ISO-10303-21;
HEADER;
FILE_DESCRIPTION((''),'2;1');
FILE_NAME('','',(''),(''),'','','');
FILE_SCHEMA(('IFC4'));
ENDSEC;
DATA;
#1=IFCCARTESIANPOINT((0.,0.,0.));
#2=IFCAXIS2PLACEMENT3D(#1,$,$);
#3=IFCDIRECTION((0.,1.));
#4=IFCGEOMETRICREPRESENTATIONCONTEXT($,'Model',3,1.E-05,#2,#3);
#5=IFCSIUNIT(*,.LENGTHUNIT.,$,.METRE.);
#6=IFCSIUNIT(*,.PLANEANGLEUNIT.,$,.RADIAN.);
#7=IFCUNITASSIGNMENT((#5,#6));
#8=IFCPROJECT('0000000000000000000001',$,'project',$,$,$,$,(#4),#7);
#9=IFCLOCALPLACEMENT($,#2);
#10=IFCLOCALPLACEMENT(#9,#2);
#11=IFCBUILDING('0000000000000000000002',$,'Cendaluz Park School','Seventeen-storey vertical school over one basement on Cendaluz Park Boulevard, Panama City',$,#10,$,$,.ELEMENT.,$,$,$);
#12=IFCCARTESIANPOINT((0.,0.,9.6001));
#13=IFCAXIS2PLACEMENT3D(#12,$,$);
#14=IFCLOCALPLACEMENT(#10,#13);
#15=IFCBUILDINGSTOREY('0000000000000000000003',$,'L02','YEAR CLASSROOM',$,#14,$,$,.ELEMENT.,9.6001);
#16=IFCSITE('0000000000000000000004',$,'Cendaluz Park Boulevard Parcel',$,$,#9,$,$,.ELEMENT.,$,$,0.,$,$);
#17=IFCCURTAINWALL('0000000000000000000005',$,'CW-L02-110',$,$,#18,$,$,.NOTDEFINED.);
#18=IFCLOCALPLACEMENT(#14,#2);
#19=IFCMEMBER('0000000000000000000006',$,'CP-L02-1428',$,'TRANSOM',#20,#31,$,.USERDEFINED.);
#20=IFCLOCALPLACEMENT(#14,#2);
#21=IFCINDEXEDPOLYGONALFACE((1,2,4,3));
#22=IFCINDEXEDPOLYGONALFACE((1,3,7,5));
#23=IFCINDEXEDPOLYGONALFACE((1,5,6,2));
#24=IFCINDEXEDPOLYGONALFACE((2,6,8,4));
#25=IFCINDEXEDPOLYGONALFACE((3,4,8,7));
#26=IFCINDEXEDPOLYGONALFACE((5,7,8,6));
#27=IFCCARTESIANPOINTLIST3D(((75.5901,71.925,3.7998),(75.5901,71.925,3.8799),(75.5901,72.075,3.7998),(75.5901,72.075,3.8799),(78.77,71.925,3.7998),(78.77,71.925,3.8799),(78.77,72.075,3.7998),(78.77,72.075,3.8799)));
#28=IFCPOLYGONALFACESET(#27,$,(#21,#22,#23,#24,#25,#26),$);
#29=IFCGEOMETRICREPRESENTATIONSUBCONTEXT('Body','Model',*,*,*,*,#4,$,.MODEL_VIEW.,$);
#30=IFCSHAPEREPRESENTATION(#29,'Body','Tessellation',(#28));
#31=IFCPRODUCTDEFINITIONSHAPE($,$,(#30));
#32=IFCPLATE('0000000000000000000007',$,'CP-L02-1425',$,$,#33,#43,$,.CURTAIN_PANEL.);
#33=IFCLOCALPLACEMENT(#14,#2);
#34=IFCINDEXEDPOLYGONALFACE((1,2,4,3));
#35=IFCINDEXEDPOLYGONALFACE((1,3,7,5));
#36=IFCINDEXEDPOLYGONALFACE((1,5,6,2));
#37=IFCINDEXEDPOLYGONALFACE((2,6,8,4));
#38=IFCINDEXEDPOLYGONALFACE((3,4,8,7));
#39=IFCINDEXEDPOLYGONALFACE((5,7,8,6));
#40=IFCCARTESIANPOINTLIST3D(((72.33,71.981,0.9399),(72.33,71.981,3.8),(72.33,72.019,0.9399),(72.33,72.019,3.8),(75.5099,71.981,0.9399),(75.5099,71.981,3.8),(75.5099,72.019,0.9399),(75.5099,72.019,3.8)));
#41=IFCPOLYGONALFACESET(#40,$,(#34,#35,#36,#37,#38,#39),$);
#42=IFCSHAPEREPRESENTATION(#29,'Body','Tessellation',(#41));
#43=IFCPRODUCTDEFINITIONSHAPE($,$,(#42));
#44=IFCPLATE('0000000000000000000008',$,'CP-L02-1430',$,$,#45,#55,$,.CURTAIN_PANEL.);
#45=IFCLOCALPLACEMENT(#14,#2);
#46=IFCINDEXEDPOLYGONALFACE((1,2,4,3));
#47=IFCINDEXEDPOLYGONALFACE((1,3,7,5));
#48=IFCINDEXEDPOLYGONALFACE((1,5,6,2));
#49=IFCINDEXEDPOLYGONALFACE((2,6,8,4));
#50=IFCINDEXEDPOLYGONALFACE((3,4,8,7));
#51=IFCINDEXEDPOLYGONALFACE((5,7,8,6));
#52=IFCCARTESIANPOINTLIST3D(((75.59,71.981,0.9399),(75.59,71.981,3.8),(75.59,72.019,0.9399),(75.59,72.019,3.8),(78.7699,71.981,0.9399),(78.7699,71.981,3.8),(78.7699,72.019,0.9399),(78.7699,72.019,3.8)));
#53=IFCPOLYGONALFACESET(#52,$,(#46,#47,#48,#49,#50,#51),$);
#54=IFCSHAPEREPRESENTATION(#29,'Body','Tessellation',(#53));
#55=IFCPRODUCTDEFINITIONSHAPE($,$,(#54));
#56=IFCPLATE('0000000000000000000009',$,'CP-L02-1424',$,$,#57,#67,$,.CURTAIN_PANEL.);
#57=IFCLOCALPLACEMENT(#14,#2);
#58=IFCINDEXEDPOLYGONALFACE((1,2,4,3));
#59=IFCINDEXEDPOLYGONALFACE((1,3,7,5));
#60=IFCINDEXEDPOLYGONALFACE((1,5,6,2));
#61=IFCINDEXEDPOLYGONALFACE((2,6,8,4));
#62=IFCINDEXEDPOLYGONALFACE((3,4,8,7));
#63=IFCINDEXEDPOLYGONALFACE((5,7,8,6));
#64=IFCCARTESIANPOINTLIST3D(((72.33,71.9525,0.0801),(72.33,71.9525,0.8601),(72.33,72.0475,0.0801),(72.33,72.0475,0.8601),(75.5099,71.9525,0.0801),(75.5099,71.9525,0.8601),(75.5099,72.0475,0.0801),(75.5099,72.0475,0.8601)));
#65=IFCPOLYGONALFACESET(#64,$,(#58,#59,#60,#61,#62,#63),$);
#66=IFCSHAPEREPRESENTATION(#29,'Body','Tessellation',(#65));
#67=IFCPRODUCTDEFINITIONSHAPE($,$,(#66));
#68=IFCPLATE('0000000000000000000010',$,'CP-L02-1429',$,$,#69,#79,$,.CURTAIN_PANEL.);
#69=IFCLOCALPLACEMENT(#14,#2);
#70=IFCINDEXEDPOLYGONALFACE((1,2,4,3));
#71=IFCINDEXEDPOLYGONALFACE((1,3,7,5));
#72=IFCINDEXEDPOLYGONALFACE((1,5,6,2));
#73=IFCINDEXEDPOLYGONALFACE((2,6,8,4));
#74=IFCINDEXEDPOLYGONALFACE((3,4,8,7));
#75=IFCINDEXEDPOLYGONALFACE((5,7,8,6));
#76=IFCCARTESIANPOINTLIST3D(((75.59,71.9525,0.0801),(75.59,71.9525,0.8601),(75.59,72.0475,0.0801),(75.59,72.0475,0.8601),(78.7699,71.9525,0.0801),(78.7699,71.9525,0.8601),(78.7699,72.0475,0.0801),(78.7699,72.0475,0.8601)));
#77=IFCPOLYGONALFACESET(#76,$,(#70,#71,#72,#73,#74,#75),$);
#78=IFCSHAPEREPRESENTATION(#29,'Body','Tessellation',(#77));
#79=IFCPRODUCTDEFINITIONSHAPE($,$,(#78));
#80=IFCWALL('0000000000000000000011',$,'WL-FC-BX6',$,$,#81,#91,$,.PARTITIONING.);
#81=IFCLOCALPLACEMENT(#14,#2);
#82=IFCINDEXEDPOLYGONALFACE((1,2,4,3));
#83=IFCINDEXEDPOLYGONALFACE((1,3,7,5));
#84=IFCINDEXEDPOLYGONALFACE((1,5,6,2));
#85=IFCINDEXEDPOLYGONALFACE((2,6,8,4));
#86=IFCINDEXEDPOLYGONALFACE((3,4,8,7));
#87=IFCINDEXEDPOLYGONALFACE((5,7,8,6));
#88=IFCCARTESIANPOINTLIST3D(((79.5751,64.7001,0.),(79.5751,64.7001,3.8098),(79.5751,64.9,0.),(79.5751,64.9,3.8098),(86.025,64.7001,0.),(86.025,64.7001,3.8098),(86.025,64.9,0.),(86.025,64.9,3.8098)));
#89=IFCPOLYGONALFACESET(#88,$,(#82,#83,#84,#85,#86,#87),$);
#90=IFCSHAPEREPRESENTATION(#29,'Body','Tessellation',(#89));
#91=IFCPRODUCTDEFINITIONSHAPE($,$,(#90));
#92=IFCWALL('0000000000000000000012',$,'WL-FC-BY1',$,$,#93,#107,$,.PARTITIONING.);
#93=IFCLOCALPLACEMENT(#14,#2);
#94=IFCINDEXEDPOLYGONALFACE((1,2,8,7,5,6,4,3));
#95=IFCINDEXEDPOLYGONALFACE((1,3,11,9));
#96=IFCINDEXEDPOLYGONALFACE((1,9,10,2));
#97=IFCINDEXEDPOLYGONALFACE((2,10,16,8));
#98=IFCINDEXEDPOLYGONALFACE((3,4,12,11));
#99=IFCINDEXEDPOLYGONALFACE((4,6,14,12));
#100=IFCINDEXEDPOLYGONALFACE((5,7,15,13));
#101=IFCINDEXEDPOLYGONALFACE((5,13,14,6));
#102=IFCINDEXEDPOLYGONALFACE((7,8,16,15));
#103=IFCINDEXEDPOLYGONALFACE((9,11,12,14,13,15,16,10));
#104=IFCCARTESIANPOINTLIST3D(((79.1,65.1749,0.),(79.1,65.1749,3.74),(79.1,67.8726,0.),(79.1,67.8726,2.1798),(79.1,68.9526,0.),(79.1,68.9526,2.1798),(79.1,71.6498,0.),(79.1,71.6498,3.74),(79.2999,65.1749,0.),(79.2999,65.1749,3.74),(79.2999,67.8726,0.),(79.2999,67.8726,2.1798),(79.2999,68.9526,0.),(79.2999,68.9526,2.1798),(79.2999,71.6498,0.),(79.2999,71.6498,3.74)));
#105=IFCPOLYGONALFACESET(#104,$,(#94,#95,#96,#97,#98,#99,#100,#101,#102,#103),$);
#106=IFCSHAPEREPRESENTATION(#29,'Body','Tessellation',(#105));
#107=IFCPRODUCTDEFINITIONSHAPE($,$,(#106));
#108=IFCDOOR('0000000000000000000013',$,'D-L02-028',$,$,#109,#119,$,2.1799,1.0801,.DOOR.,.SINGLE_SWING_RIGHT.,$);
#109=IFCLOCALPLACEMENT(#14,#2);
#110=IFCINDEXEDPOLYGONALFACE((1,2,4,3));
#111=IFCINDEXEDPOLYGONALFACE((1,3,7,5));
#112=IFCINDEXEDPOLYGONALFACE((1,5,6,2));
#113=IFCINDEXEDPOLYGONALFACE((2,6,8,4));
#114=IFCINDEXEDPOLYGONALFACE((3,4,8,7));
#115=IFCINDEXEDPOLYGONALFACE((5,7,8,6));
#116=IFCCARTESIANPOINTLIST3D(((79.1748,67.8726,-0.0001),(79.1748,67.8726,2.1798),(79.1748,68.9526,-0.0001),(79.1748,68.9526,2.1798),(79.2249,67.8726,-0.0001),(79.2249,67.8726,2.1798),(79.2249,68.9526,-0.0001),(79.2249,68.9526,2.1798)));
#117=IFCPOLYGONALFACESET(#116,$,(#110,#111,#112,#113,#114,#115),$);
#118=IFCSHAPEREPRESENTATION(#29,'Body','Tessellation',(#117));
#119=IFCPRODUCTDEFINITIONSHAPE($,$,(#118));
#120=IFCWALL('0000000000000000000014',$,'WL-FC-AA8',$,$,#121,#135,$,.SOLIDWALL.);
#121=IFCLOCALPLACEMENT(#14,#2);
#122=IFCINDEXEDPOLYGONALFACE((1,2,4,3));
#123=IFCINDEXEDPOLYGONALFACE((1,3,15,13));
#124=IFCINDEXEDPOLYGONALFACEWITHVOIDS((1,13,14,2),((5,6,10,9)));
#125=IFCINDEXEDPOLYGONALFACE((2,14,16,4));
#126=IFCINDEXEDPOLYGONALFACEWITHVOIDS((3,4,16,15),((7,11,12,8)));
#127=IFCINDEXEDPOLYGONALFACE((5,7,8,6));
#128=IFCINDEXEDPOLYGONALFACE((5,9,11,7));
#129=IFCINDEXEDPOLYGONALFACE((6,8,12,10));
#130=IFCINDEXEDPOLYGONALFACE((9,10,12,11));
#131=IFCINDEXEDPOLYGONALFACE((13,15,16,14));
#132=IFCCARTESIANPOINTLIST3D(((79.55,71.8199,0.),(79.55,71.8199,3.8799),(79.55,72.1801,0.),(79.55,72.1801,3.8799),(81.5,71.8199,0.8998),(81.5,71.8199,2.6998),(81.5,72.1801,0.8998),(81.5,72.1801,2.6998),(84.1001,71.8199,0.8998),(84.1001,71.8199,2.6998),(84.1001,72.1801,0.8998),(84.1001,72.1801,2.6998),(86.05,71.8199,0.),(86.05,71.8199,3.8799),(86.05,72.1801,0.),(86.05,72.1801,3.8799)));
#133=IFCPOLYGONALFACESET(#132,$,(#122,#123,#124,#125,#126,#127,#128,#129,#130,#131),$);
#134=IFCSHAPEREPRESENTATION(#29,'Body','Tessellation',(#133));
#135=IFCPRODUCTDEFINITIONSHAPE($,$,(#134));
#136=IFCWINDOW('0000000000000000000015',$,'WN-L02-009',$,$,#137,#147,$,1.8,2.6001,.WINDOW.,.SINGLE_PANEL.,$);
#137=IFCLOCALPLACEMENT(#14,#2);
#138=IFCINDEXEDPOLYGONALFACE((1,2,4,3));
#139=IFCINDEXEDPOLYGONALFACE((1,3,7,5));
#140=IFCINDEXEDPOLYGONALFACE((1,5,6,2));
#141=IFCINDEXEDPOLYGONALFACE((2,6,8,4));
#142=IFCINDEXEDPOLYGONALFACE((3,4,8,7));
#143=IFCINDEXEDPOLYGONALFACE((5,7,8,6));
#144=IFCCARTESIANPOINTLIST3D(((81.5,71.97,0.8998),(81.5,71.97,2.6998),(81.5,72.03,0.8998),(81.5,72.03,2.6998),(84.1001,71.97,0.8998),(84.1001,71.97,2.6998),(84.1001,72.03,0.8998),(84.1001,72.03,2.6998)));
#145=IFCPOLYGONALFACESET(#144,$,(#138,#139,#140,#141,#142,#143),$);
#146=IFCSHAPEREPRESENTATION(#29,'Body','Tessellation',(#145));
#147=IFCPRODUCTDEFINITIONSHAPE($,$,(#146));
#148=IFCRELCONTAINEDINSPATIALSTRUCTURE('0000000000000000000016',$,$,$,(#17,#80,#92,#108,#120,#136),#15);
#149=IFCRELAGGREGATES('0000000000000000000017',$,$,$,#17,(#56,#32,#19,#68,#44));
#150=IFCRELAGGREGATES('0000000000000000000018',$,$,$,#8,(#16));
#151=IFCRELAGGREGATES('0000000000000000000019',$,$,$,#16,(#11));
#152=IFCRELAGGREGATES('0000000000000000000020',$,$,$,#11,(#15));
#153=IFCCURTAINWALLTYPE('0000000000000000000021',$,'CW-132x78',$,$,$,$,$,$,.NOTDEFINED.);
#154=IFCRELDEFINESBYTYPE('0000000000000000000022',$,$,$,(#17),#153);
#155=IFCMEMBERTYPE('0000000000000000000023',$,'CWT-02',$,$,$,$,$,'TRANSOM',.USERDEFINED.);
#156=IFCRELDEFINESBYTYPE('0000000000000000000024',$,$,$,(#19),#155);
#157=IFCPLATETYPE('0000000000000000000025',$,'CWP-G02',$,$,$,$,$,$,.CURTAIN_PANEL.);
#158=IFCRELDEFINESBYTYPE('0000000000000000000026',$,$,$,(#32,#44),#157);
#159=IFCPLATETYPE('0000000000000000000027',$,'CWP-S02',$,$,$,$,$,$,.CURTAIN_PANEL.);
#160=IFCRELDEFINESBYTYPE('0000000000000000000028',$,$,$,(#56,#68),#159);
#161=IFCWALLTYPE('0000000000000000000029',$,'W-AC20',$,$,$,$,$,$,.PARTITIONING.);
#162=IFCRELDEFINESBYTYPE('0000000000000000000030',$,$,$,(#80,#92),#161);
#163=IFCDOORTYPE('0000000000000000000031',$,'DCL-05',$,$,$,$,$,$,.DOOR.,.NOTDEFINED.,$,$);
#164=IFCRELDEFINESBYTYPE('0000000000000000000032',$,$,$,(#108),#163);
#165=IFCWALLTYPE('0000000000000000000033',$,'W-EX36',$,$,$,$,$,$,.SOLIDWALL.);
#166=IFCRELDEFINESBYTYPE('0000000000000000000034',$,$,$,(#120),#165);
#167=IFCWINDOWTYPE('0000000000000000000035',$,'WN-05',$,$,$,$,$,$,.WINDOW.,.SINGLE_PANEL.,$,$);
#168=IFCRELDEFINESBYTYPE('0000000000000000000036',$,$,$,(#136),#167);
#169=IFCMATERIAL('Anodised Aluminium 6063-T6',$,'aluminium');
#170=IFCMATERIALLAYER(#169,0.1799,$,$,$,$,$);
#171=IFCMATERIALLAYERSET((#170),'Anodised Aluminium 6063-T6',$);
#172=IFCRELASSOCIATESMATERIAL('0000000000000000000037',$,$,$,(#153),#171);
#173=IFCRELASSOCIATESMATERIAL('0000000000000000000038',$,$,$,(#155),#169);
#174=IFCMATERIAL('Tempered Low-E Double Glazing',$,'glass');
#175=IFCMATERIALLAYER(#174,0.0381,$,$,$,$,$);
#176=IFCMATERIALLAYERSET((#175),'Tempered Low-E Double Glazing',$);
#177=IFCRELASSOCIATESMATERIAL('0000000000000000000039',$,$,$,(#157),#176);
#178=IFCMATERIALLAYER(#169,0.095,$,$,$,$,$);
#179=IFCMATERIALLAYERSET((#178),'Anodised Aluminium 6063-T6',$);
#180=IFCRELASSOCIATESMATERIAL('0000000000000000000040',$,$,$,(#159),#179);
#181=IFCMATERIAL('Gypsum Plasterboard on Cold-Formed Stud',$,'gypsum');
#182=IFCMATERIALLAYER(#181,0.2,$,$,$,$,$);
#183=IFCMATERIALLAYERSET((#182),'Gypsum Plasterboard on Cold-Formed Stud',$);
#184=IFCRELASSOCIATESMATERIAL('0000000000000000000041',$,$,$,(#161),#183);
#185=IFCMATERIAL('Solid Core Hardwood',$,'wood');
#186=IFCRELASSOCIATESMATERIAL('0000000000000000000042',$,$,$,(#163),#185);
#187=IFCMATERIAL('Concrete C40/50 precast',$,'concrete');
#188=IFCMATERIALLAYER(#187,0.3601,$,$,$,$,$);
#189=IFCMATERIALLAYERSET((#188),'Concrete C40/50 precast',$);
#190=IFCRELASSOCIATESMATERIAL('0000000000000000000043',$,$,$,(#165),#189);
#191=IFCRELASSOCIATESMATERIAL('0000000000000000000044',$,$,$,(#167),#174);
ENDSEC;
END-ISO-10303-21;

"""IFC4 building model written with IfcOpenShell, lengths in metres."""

from ifc_helpers import new_model, si_unit, direction, frame, frame_2d, origin, origin_2d, place, context, subcontext, project, spatial, rectangle, extrude, material, layer, layer_set, material_profile, profile_set, type_object, element, fill, aggregate, save


model = new_model("IFC4")

# Units and contexts
model_context = context("Model", 3, precision=1e-05, world=origin(), true_north=direction((0.0, 1.0)))
body_context = subcontext(model_context, "Body", "Model", "MODEL_VIEW")
ifc_project = project(units=[si_unit("LENGTHUNIT", "METRE"), si_unit("PLANEANGLEUNIT", "RADIAN")], contexts=[model_context])

# Site, building, storey
site_placement = place(None, origin())
site = spatial("IfcSite", under=ifc_project, at=site_placement, Name="Cendaluz Park Boulevard Parcel", CompositionType="ELEMENT", RefElevation=0.0)
building_placement = place(site_placement, origin())
building = spatial("IfcBuilding", under=site, at=building_placement, Name="Cendaluz Park School", Description="Seventeen-storey vertical school over one basement on Cendaluz Park Boulevard, Panama City", CompositionType="ELEMENT")
storey_placement = place(building_placement, frame((0.0, 0.0, 9.6001)))
storey = spatial("IfcBuildingStorey", under=building, at=storey_placement, Name="L02", Description="YEAR CLASSROOM", CompositionType="ELEMENT", Elevation=9.6001)

# Curtain wall, member, plates
ifc_material_1 = material(Name="Anodised Aluminium 6063-T6", Category="aluminium")
ifc_layer_1 = layer(ifc_material_1, 0.1799)
ifc_layer_set_1 = layer_set([ifc_layer_1], Name="Anodised Aluminium 6063-T6")
curtain_wall_type = type_object("IfcCurtainWallType", Name="CW-132x78", PredefinedType="NOTDEFINED", material=ifc_layer_set_1)
curtain_wall_placement = place(storey_placement, origin())
curtain_wall = element("IfcCurtainWall", 1, at=curtain_wall_placement, inside=storey, type_object=curtain_wall_type, Name="CW-L02-110", PredefinedType="NOTDEFINED")
ifc_material_profile_1 = material_profile(ifc_material_1, rectangle(XDim=0.1499, YDim=0.0801, at=origin_2d()), Name="CWT 150x80", Category="aluminium")
ifc_profile_set_1 = profile_set([ifc_material_profile_1], Name="Anodised Aluminium 6063-T6")
member_type_1 = type_object("IfcMemberType", Name="CWT-02", ElementType="TRANSOM", PredefinedType="USERDEFINED", material=ifc_profile_set_1)
member_1_placement = place(storey_placement, frame((75.5901, 72.0, 3.8398), z_axis=(1.0, 0.0, 0.0), x_axis=(0.0, 1.0, 0.0)))
member_1 = element("IfcMember", 2, at=member_1_placement, type_object=member_type_1, Name="CP-L02-1428", ObjectType="TRANSOM", PredefinedType="USERDEFINED", context=body_context, shape_type="SweptSolid", body=[
    extrude(rectangle(XDim=0.1499, YDim=0.0801, at=origin_2d()), origin(), (0.0, 0.0, 1.0), 3.1799),
])
ifc_material_2 = material(Name="Tempered Low-E Double Glazing", Category="glass")
ifc_layer_2 = layer(ifc_material_2, 0.0381)
ifc_layer_set_2 = layer_set([ifc_layer_2], Name="Tempered Low-E Double Glazing")
plate_type_1 = type_object("IfcPlateType", Name="CWP-G02", PredefinedType="CURTAIN_PANEL", material=ifc_layer_set_2)
plate_1_placement = place(storey_placement, frame((73.9199, 72.0, 0.9399), z_axis=(0.0, 0.0, 1.0), x_axis=(1.0, 0.0, 0.0)))
plate_1 = element("IfcPlate", 3, at=plate_1_placement, type_object=plate_type_1, Name="CP-L02-1425", PredefinedType="CURTAIN_PANEL", context=body_context, shape_type="SweptSolid", body=[
    extrude(rectangle(XDim=3.1799, YDim=0.0381, at=origin_2d()), origin(), (0.0, 0.0, 1.0), 2.8601),
])
plate_2_placement = place(storey_placement, frame((77.1799, 72.0, 0.9399), z_axis=(0.0, 0.0, 1.0), x_axis=(1.0, 0.0, 0.0)))
plate_2 = element("IfcPlate", 4, at=plate_2_placement, type_object=plate_type_1, Name="CP-L02-1430", PredefinedType="CURTAIN_PANEL", context=body_context, shape_type="SweptSolid", body=[
    extrude(rectangle(XDim=3.1799, YDim=0.0381, at=origin_2d()), origin(), (0.0, 0.0, 1.0), 2.8601),
])
ifc_layer_3 = layer(ifc_material_1, 0.095)
ifc_layer_set_3 = layer_set([ifc_layer_3], Name="Anodised Aluminium 6063-T6")
plate_type_2 = type_object("IfcPlateType", Name="CWP-S02", PredefinedType="CURTAIN_PANEL", material=ifc_layer_set_3)
plate_3_placement = place(storey_placement, frame((73.9199, 72.0, 0.0801), z_axis=(0.0, 0.0, 1.0), x_axis=(1.0, 0.0, 0.0)))
plate_3 = element("IfcPlate", 5, at=plate_3_placement, type_object=plate_type_2, Name="CP-L02-1424", PredefinedType="CURTAIN_PANEL", context=body_context, shape_type="SweptSolid", body=[
    extrude(rectangle(XDim=3.1799, YDim=0.095, at=origin_2d()), origin(), (0.0, 0.0, 1.0), 0.78),
])
plate_4_placement = place(storey_placement, frame((77.1799, 72.0, 0.0801), z_axis=(0.0, 0.0, 1.0), x_axis=(1.0, 0.0, 0.0)))
plate_4 = element("IfcPlate", 6, at=plate_4_placement, type_object=plate_type_2, Name="CP-L02-1429", PredefinedType="CURTAIN_PANEL", context=body_context, shape_type="SweptSolid", body=[
    extrude(rectangle(XDim=3.1799, YDim=0.095, at=origin_2d()), origin(), (0.0, 0.0, 1.0), 0.78),
])
aggregate(curtain_wall, [plate_3, plate_1, member_1, plate_4, plate_2])

# Wall
ifc_material_3 = material(Name="Gypsum Plasterboard on Cold-Formed Stud", Category="gypsum")
ifc_layer_4 = layer(ifc_material_3, 0.2)
ifc_layer_set_4 = layer_set([ifc_layer_4], Name="Gypsum Plasterboard on Cold-Formed Stud")
wall_type_1 = type_object("IfcWallType", Name="W-AC20", PredefinedType="PARTITIONING", material=ifc_layer_set_4)
wall_1_placement = place(storey_placement, frame((79.575, 64.8, 0.0), z_axis=(0.0, 0.0, 1.0), x_axis=(1.0, 0.0, 0.0)))
element("IfcWall", 7, at=wall_1_placement, inside=storey, type_object=wall_type_1, Name="WL-FC-BX6", PredefinedType="PARTITIONING", context=body_context, shape_type="SweptSolid", body=[
    extrude(rectangle(XDim=6.45, YDim=0.2, at=frame_2d((3.2251, 0.0))), origin(), (0.0, 0.0, 1.0), 3.8098),
])

# Wall, opening, door
wall_2_placement = place(storey_placement, frame((79.2, 65.175, 0.0), z_axis=(0.0, 0.0, 1.0), x_axis=(0.0, 1.0, 0.0)))
wall_2 = element("IfcWall", 8, at=wall_2_placement, inside=storey, type_object=wall_type_1, Name="WL-FC-BY1", PredefinedType="PARTITIONING", context=body_context, shape_type="SweptSolid", body=[
    extrude(rectangle(XDim=6.4749, YDim=0.2, at=frame_2d((3.2373, 0.0))), origin(), (0.0, 0.0, 1.0), 3.74),
])
opening_1_placement = place(wall_2_placement, frame((2.6975, 0.0, 0.0)))
opening_1 = element("IfcOpeningElement", 9, at=opening_1_placement, cuts=wall_2, PredefinedType="OPENING", context=body_context, shape_type="SweptSolid", body=[
    extrude(rectangle(XDim=1.0801, YDim=2.1799, at=frame_2d((0.54, 1.0898))), frame((0.0, 0.1121, 0.0), z_axis=(0.0, -1.0, 0.0), x_axis=(1.0, 0.0, 0.0)), (0.0, 0.0, 1.0), 0.2239),
])
ifc_material_4 = material(Name="Solid Core Hardwood", Category="wood")
door_type = type_object("IfcDoorType", Name="DCL-05", OperationType="NOTDEFINED", PredefinedType="DOOR", material=ifc_material_4)
door_placement = place(opening_1_placement, frame((1.0801, 0.0, 0.0), z_axis=(0.0, 0.0, 1.0), x_axis=(-1.0, 0.0, 0.0)))
door = element("IfcDoor", 10, at=door_placement, inside=storey, type_object=door_type, Name="D-L02-028", OperationType="SINGLE_SWING_RIGHT", OverallHeight=2.1799, OverallWidth=1.0801, PredefinedType="DOOR", context=body_context, shape_type="SweptSolid", body=[
    extrude(rectangle(XDim=1.0801, YDim=2.1799, at=frame_2d((0.54, 1.0898))), frame((0.0, 0.0249, 0.0), z_axis=(0.0, -1.0, 0.0), x_axis=(1.0, 0.0, 0.0)), (0.0, 0.0, 1.0), 0.05),
])
fill(opening_1, door)

# Wall, opening, window
ifc_material_5 = material(Name="Concrete C40/50 precast", Category="concrete")
ifc_layer_5 = layer(ifc_material_5, 0.3601)
ifc_layer_set_5 = layer_set([ifc_layer_5], Name="Concrete C40/50 precast")
wall_type_2 = type_object("IfcWallType", Name="W-EX36", PredefinedType="SOLIDWALL", material=ifc_layer_set_5)
wall_3_placement = place(storey_placement, frame((79.55, 72.0, 0.0), z_axis=(0.0, 0.0, 1.0), x_axis=(1.0, 0.0, 0.0)))
wall_3 = element("IfcWall", 11, at=wall_3_placement, inside=storey, type_object=wall_type_2, Name="WL-FC-AA8", PredefinedType="SOLIDWALL", context=body_context, shape_type="SweptSolid", body=[
    extrude(rectangle(XDim=6.5, YDim=0.3601, at=frame_2d((3.25, 0.0))), origin(), (0.0, 0.0, 1.0), 3.8799),
])
opening_2_placement = place(wall_3_placement, frame((1.95, 0.0, 0.8999)))
opening_2 = element("IfcOpeningElement", 12, at=opening_2_placement, cuts=wall_3, PredefinedType="OPENING", context=body_context, shape_type="SweptSolid", body=[
    extrude(rectangle(XDim=2.6001, YDim=1.8, at=frame_2d((1.3, 0.8999))), frame((0.0, 0.1921, 0.0), z_axis=(0.0, -1.0, 0.0), x_axis=(1.0, 0.0, 0.0)), (0.0, 0.0, 1.0), 0.384),
])
window_type = type_object("IfcWindowType", Name="WN-05", PartitioningType="SINGLE_PANEL", PredefinedType="WINDOW", material=ifc_material_2)
window_placement = place(opening_2_placement, origin())
window = element("IfcWindow", 13, at=window_placement, inside=storey, type_object=window_type, Name="WN-L02-009", OverallHeight=1.8, OverallWidth=2.6001, PartitioningType="SINGLE_PANEL", PredefinedType="WINDOW", context=body_context, shape_type="SweptSolid", body=[
    extrude(rectangle(XDim=2.6001, YDim=1.8, at=frame_2d((1.3, 0.8999))), frame((0.0, 0.03, 0.0), z_axis=(0.0, -1.0, 0.0), x_axis=(1.0, 0.0, 0.0)), (0.0, 0.0, 1.0), 0.0601),
])
fill(opening_2, window)

save(model, "model.ifc")
